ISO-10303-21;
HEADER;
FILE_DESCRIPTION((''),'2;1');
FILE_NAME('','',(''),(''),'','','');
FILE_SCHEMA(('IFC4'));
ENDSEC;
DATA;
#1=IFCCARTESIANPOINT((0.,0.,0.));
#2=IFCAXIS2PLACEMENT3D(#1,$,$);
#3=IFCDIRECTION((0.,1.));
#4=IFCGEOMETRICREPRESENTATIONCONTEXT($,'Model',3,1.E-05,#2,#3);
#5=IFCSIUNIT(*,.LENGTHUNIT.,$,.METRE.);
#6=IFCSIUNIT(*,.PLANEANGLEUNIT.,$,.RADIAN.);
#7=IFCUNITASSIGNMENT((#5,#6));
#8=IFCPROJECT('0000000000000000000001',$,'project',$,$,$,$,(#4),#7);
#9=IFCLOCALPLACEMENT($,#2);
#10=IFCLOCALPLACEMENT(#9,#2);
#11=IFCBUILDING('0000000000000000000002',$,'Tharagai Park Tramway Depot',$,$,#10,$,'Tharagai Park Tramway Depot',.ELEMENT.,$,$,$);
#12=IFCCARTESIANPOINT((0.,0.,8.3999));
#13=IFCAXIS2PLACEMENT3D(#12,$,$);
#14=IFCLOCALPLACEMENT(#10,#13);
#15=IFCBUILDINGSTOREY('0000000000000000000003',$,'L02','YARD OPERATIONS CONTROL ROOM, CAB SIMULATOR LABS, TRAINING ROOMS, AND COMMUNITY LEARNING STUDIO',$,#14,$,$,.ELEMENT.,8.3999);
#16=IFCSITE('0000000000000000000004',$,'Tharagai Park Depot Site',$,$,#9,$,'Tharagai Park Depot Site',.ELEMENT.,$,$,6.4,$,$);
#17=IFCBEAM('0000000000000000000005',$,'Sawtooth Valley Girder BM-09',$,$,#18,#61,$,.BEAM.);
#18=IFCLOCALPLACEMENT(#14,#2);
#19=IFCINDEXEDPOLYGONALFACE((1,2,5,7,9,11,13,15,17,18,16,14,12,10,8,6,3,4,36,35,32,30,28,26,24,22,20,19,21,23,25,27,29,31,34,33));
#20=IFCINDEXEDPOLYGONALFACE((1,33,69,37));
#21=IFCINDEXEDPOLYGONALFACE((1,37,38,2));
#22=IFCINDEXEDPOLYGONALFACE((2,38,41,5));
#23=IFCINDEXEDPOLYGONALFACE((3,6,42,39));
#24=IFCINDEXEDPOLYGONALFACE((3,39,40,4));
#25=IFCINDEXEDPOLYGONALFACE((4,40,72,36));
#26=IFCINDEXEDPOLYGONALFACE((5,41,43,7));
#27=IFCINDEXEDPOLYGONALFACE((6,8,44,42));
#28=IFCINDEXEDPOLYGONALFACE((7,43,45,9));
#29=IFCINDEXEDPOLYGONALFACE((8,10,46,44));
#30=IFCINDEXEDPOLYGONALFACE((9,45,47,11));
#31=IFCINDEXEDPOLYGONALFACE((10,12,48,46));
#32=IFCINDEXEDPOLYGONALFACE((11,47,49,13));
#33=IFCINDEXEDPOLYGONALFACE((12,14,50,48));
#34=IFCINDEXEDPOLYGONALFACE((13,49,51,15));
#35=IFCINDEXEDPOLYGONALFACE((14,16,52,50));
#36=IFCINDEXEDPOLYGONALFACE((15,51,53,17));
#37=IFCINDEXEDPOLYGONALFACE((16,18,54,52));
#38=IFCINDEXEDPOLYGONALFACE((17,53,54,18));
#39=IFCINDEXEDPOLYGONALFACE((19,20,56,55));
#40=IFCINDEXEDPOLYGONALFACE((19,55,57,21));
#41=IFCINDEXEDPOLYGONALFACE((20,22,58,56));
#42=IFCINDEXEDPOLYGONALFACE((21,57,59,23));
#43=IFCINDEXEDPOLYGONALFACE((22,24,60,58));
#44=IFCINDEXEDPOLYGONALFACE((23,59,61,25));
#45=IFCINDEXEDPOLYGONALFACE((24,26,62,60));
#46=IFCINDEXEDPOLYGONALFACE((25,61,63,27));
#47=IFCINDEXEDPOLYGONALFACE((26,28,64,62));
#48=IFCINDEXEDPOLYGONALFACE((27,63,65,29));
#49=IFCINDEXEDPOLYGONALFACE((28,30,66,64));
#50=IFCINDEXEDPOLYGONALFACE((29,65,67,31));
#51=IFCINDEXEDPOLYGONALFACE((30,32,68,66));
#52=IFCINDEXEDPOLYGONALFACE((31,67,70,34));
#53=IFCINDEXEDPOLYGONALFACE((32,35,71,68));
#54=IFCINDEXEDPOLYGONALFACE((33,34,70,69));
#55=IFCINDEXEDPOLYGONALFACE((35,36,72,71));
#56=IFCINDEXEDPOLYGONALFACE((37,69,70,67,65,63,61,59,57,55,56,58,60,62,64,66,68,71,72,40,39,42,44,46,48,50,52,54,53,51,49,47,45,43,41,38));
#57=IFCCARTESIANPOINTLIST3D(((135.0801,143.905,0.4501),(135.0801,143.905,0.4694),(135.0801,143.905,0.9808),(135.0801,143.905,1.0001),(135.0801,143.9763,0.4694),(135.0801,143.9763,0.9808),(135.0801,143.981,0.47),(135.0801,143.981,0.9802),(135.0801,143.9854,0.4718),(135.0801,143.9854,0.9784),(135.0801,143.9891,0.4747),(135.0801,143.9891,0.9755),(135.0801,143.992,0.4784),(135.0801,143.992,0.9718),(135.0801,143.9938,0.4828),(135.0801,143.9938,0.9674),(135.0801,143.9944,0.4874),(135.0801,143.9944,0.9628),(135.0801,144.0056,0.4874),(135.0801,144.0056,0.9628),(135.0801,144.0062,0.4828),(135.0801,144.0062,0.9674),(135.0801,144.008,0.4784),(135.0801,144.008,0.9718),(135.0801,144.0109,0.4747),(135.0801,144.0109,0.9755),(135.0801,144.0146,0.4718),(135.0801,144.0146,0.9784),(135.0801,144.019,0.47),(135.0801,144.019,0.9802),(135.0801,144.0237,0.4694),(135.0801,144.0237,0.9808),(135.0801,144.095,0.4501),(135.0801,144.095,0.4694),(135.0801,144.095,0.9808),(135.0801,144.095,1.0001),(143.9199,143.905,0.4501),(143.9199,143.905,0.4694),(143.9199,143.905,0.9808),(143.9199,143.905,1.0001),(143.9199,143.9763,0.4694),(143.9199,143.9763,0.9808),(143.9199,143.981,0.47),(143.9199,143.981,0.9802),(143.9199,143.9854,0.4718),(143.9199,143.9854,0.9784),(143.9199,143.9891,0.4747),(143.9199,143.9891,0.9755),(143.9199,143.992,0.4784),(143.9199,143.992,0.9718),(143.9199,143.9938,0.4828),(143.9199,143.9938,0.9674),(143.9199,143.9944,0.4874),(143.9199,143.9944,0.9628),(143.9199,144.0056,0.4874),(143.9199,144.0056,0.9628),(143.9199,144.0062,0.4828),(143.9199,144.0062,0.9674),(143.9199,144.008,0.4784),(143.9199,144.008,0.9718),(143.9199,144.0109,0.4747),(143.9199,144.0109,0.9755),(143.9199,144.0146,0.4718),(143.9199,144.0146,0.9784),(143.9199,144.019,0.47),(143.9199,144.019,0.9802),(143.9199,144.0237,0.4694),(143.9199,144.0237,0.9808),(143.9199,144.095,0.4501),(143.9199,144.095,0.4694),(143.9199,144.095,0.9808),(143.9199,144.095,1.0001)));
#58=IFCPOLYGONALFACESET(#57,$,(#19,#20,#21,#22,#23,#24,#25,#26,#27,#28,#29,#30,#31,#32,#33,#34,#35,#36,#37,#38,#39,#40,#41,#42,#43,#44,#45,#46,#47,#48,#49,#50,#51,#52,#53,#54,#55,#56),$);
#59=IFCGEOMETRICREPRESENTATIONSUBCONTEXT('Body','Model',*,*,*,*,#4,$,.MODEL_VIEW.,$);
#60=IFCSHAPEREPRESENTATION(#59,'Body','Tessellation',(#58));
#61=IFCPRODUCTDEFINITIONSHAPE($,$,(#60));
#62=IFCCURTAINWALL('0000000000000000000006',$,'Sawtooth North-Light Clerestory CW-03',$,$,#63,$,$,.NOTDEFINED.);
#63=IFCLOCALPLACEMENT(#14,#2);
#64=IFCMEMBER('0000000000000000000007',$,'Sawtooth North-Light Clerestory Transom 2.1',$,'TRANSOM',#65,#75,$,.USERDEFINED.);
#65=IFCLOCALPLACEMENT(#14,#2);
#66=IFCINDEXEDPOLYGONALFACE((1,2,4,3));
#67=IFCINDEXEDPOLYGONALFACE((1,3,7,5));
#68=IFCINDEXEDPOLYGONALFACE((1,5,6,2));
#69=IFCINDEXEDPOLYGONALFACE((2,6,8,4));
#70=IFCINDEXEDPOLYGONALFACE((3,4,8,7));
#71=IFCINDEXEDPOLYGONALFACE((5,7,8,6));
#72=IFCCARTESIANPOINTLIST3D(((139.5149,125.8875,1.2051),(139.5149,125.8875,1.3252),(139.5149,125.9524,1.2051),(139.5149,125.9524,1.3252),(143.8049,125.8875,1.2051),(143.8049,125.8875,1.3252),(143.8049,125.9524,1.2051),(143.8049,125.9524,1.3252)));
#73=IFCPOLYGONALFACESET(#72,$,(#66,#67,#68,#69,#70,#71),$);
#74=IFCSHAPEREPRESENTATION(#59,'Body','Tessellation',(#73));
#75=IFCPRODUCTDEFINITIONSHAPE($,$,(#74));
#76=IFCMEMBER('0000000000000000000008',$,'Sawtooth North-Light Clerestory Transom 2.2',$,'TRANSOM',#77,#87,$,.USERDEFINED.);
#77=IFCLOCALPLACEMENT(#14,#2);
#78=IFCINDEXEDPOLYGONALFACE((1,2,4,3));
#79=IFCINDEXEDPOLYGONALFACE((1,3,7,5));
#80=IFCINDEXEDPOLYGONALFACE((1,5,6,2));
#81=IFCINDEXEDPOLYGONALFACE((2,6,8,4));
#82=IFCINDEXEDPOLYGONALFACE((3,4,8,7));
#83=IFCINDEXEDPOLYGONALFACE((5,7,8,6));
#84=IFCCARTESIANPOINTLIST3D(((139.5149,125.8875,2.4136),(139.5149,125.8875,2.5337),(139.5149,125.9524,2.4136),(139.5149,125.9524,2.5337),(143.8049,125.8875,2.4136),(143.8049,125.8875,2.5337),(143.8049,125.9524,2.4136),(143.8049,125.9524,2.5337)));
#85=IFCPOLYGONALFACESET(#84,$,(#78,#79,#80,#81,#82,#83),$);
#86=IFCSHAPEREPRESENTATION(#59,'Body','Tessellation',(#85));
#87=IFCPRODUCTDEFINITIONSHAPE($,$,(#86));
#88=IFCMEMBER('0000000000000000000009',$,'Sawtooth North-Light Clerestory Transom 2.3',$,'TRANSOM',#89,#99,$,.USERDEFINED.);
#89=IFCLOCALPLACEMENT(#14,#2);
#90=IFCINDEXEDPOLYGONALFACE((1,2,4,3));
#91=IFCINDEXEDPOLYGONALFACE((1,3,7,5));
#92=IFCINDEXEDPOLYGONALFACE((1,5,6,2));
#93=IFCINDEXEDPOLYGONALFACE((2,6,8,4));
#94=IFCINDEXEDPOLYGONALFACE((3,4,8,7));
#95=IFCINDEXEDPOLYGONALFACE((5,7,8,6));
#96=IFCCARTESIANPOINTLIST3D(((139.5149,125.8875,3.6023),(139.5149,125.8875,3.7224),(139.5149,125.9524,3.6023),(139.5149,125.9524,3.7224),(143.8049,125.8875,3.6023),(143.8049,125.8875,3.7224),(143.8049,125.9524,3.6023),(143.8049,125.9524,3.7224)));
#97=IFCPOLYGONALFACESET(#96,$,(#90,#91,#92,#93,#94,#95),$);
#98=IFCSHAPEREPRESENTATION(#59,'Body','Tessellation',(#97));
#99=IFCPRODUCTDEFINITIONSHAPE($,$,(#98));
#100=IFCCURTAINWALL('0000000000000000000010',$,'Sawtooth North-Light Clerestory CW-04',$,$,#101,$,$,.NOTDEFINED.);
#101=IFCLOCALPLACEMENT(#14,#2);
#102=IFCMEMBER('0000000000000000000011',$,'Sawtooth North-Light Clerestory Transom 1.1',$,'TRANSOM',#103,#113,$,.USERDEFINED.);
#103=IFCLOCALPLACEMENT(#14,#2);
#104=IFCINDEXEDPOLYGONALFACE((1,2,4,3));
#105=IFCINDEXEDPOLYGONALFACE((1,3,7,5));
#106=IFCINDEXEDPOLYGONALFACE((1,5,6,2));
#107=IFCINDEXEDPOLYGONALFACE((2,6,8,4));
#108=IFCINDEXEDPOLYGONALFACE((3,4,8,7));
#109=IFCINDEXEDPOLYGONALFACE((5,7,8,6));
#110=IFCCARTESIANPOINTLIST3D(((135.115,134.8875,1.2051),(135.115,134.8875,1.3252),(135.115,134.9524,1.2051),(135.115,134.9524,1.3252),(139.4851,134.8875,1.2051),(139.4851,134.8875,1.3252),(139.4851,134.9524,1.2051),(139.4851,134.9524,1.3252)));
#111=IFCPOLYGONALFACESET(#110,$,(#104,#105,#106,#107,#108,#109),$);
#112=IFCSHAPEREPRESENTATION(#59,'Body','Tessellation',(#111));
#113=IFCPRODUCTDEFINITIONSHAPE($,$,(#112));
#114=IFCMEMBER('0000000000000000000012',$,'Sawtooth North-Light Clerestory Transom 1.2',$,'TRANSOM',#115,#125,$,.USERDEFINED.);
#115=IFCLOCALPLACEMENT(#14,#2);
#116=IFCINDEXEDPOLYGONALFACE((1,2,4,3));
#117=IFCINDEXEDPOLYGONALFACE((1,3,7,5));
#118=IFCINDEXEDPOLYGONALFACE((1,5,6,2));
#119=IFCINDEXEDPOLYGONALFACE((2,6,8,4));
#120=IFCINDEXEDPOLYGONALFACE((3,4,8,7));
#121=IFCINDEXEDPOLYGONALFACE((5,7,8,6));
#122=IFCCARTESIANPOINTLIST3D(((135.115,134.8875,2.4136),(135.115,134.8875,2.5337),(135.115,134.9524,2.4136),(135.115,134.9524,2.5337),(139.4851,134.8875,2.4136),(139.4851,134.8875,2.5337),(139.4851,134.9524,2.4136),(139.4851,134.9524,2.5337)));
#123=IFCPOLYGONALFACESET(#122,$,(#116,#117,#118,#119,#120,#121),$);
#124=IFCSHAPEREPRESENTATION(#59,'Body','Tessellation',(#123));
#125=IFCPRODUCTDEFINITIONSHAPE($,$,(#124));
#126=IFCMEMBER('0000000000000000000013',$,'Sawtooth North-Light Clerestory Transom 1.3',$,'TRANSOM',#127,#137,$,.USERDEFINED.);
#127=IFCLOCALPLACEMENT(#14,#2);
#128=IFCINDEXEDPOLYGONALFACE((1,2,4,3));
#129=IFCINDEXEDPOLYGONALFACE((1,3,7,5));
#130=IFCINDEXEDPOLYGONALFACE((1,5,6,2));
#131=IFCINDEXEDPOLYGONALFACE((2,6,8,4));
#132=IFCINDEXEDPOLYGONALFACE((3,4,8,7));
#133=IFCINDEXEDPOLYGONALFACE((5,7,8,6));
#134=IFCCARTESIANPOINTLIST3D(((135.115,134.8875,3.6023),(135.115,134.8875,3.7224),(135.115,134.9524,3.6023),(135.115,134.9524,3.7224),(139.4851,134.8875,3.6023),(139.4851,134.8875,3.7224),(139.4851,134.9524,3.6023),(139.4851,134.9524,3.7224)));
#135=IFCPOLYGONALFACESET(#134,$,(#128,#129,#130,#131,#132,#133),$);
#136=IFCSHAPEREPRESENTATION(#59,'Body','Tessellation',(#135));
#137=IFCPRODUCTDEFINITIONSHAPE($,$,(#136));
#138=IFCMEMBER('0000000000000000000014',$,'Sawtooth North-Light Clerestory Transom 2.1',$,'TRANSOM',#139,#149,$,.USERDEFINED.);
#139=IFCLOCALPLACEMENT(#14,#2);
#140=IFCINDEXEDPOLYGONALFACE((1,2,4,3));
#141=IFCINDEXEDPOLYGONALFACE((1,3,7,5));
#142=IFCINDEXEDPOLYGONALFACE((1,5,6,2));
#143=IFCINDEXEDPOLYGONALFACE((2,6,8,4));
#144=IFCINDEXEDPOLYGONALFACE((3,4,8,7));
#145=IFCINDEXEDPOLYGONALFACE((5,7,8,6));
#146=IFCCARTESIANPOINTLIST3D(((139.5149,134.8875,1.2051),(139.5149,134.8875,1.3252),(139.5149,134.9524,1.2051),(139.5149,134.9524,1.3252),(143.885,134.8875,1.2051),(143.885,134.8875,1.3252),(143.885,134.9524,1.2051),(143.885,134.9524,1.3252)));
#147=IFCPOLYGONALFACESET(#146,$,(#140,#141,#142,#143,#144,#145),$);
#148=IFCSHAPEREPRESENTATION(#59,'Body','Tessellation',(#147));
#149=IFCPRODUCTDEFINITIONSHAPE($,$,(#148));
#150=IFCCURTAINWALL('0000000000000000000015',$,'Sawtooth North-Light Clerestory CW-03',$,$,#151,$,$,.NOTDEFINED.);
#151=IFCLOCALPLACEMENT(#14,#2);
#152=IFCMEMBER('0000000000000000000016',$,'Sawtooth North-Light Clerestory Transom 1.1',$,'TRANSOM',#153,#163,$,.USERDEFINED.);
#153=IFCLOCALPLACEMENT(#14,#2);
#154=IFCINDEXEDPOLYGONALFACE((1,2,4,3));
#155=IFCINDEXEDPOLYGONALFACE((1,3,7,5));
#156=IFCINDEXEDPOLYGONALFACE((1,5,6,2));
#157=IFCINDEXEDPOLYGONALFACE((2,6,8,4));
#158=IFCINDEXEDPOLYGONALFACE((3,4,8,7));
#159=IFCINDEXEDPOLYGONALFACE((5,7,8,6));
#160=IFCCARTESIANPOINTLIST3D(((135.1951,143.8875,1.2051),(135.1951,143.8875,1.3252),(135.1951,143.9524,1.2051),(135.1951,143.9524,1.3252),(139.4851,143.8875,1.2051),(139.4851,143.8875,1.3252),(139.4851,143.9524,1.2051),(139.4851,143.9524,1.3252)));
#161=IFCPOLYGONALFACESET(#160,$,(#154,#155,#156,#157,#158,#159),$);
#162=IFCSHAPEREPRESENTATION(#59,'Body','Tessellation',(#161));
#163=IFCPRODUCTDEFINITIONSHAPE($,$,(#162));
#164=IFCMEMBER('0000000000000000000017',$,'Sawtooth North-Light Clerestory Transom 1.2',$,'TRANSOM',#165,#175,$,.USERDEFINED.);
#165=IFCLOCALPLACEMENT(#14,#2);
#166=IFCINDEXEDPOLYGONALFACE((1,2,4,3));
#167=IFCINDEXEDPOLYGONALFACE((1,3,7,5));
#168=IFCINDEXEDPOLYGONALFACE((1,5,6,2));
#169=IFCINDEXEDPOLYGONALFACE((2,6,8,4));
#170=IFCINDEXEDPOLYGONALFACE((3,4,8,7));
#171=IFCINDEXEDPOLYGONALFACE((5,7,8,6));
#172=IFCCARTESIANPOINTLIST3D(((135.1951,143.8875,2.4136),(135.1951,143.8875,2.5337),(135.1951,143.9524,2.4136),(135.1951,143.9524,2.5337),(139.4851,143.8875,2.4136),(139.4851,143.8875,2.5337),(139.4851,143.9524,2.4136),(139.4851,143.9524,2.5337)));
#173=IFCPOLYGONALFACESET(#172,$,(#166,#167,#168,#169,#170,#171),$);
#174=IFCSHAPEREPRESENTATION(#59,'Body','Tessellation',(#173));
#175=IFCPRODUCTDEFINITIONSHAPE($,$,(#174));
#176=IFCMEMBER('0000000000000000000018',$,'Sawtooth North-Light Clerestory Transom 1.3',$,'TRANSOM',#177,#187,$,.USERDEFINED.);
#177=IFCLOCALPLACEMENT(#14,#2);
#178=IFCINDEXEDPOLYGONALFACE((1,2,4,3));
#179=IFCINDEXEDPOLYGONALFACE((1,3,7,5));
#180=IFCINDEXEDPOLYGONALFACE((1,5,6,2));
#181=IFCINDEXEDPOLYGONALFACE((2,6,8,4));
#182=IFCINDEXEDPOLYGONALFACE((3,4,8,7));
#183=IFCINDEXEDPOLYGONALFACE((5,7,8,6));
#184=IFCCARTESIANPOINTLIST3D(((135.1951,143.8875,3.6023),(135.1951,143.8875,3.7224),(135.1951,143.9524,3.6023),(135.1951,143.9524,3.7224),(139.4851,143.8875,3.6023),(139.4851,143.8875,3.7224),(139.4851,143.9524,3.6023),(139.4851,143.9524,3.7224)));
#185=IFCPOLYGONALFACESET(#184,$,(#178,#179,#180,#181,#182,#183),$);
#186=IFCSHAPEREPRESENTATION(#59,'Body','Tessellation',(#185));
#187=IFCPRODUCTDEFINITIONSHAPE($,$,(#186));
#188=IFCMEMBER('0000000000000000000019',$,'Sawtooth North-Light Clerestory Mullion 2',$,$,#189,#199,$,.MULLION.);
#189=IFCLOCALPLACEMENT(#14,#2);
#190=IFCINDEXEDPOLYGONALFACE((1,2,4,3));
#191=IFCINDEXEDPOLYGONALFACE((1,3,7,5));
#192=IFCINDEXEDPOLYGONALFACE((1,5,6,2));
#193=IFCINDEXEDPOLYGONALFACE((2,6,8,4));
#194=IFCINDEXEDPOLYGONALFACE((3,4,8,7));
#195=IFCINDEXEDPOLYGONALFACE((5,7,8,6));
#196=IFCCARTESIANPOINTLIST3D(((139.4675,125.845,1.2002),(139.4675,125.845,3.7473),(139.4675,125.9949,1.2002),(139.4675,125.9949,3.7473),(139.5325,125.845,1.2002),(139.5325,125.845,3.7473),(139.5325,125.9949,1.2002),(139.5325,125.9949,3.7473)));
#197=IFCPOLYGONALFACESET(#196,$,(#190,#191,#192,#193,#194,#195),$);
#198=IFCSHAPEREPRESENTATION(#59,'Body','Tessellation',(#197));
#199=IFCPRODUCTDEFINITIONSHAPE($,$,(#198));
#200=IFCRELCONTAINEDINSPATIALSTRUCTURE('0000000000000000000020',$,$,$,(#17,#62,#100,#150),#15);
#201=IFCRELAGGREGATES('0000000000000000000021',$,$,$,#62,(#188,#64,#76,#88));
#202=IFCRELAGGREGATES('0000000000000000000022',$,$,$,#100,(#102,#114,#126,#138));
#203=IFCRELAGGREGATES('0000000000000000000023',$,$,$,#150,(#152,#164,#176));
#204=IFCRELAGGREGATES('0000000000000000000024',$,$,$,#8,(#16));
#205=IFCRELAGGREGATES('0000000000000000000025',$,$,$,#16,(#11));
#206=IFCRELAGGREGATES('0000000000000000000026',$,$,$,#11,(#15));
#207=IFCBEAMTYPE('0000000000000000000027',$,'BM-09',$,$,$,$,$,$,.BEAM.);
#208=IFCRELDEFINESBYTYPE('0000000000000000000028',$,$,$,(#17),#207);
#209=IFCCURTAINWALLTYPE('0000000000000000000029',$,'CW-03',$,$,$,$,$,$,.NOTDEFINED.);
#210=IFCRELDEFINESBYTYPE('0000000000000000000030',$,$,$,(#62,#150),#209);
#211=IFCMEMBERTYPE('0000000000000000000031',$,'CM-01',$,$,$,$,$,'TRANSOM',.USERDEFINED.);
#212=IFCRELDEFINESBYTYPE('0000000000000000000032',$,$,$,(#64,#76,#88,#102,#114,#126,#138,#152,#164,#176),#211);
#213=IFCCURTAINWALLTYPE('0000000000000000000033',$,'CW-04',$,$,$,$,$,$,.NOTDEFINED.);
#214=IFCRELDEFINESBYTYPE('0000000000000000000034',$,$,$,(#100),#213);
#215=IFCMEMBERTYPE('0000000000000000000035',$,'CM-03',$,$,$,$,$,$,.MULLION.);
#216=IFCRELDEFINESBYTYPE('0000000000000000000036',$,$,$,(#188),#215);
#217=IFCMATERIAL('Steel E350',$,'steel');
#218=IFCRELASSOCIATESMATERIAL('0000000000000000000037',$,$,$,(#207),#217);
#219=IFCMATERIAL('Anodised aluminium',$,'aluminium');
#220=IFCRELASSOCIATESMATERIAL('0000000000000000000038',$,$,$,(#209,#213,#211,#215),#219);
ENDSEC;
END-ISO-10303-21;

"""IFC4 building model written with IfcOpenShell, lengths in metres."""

from ifc_helpers import new_model, si_unit, direction, frame, origin, origin_2d, place, context, subcontext, project, spatial, rectangle, i_section, extrude, material, material_profile, profile_set, type_object, element, aggregate, save


model = new_model("IFC4")

# Units and contexts
model_context = context("Model", 3, precision=1e-05, world=origin(), true_north=direction((0.0, 1.0)))
body_context = subcontext(model_context, "Body", "Model", "MODEL_VIEW")
ifc_project = project(units=[si_unit("LENGTHUNIT", "METRE"), si_unit("PLANEANGLEUNIT", "RADIAN")], contexts=[model_context])

# Site, building, storey
site_placement = place(None, origin())
site = spatial("IfcSite", under=ifc_project, at=site_placement, Name="Tharagai Park Depot Site", LongName="Tharagai Park Depot Site", CompositionType="ELEMENT", RefElevation=6.4)
building_placement = place(site_placement, origin())
building = spatial("IfcBuilding", under=site, at=building_placement, Name="Tharagai Park Tramway Depot", LongName="Tharagai Park Tramway Depot", CompositionType="ELEMENT")
storey_placement = place(building_placement, frame((0.0, 0.0, 8.3999)))
storey = spatial("IfcBuildingStorey", under=building, at=storey_placement, Name="L02", Description="YARD OPERATIONS CONTROL ROOM, CAB SIMULATOR LABS, TRAINING ROOMS, AND COMMUNITY LEARNING STUDIO", CompositionType="ELEMENT", Elevation=8.3999)

# Beam
ifc_material_1 = material(Name="Steel E350", Category="steel")
ifc_material_profile_1 = material_profile(ifc_material_1, i_section(OverallWidth=0.1899, OverallDepth=0.55, WebThickness=0.0112, FlangeThickness=0.0193, FilletRadius=0.0181, at=origin_2d()), Name="ISMB 550")
ifc_profile_set_1 = profile_set([ifc_material_profile_1], Name="Steel E350")
beam_type = type_object("IfcBeamType", Name="BM-09", PredefinedType="BEAM", material=ifc_profile_set_1)
beam_placement = place(storey_placement, frame((135.0801, 144.0, 0.7251), z_axis=(1.0, 0.0, 0.0), x_axis=(0.0, 1.0, 0.0)))
element("IfcBeam", 1, at=beam_placement, inside=storey, type_object=beam_type, Name="Sawtooth Valley Girder BM-09", PredefinedType="BEAM", context=body_context, shape_type="SweptSolid", body=[
    extrude(i_section(OverallWidth=0.1899, OverallDepth=0.55, WebThickness=0.0112, FlangeThickness=0.0193, FilletRadius=0.0181, at=origin_2d()), origin(), (0.0, 0.0, 1.0), 8.8398),
])

# Curtain walls, members
ifc_material_2 = material(Name="Anodised aluminium", Category="aluminium")
curtain_wall_type_1 = type_object("IfcCurtainWallType", Name="CW-03", PredefinedType="NOTDEFINED", material=ifc_material_2)
curtain_wall_1_placement = place(storey_placement, origin())
curtain_wall_1 = element("IfcCurtainWall", 2, at=curtain_wall_1_placement, inside=storey, type_object=curtain_wall_type_1, Name="Sawtooth North-Light Clerestory CW-03", PredefinedType="NOTDEFINED")
ifc_material_profile_2 = material_profile(ifc_material_2, rectangle(XDim=0.0649, YDim=0.1201, at=origin_2d()), Name="ALU 65x120")
ifc_profile_set_2 = profile_set([ifc_material_profile_2], Name="Anodised aluminium")
member_type_1 = type_object("IfcMemberType", Name="CM-01", ElementType="TRANSOM", PredefinedType="USERDEFINED", material=ifc_profile_set_2)
member_1_placement = place(storey_placement, frame((139.5149, 125.9199, 1.2651), z_axis=(1.0, 0.0, 0.0), x_axis=(0.0, 1.0, 0.0)))
member_1 = element("IfcMember", 3, at=member_1_placement, type_object=member_type_1, Name="Sawtooth North-Light Clerestory Transom 2.1", ObjectType="TRANSOM", PredefinedType="USERDEFINED", context=body_context, shape_type="SweptSolid", body=[
    extrude(rectangle(XDim=0.0649, YDim=0.1201, at=origin_2d()), origin(), (0.0, 0.0, 1.0), 4.29),
])
member_2_placement = place(storey_placement, frame((139.5149, 125.9199, 2.4736), z_axis=(1.0, 0.0, 0.0), x_axis=(0.0, 1.0, 0.0)))
member_2 = element("IfcMember", 4, at=member_2_placement, type_object=member_type_1, Name="Sawtooth North-Light Clerestory Transom 2.2", ObjectType="TRANSOM", PredefinedType="USERDEFINED", context=body_context, shape_type="SweptSolid", body=[
    extrude(rectangle(XDim=0.0649, YDim=0.1201, at=origin_2d()), origin(), (0.0, 0.0, 1.0), 4.29),
])
member_3_placement = place(storey_placement, frame((139.5149, 125.9199, 3.6624), z_axis=(1.0, 0.0, 0.0), x_axis=(0.0, 1.0, 0.0)))
member_3 = element("IfcMember", 5, at=member_3_placement, type_object=member_type_1, Name="Sawtooth North-Light Clerestory Transom 2.3", ObjectType="TRANSOM", PredefinedType="USERDEFINED", context=body_context, shape_type="SweptSolid", body=[
    extrude(rectangle(XDim=0.0649, YDim=0.1201, at=origin_2d()), origin(), (0.0, 0.0, 1.0), 4.29),
])
curtain_wall_type_2 = type_object("IfcCurtainWallType", Name="CW-04", PredefinedType="NOTDEFINED", material=ifc_material_2)
curtain_wall_2_placement = place(storey_placement, origin())
curtain_wall_2 = element("IfcCurtainWall", 6, at=curtain_wall_2_placement, inside=storey, type_object=curtain_wall_type_2, Name="Sawtooth North-Light Clerestory CW-04", PredefinedType="NOTDEFINED")
member_4_placement = place(storey_placement, frame((135.115, 134.9199, 1.2651), z_axis=(1.0, 0.0, 0.0), x_axis=(0.0, 1.0, 0.0)))
member_4 = element("IfcMember", 7, at=member_4_placement, type_object=member_type_1, Name="Sawtooth North-Light Clerestory Transom 1.1", ObjectType="TRANSOM", PredefinedType="USERDEFINED", context=body_context, shape_type="SweptSolid", body=[
    extrude(rectangle(XDim=0.0649, YDim=0.1201, at=origin_2d()), origin(), (0.0, 0.0, 1.0), 4.3701),
])
member_5_placement = place(storey_placement, frame((135.115, 134.9199, 2.4736), z_axis=(1.0, 0.0, 0.0), x_axis=(0.0, 1.0, 0.0)))
member_5 = element("IfcMember", 8, at=member_5_placement, type_object=member_type_1, Name="Sawtooth North-Light Clerestory Transom 1.2", ObjectType="TRANSOM", PredefinedType="USERDEFINED", context=body_context, shape_type="SweptSolid", body=[
    extrude(rectangle(XDim=0.0649, YDim=0.1201, at=origin_2d()), origin(), (0.0, 0.0, 1.0), 4.3701),
])
member_6_placement = place(storey_placement, frame((135.115, 134.9199, 3.6624), z_axis=(1.0, 0.0, 0.0), x_axis=(0.0, 1.0, 0.0)))
member_6 = element("IfcMember", 9, at=member_6_placement, type_object=member_type_1, Name="Sawtooth North-Light Clerestory Transom 1.3", ObjectType="TRANSOM", PredefinedType="USERDEFINED", context=body_context, shape_type="SweptSolid", body=[
    extrude(rectangle(XDim=0.0649, YDim=0.1201, at=origin_2d()), origin(), (0.0, 0.0, 1.0), 4.3701),
])
member_7_placement = place(storey_placement, frame((139.5149, 134.9199, 1.2651), z_axis=(1.0, 0.0, 0.0), x_axis=(0.0, 1.0, 0.0)))
member_7 = element("IfcMember", 10, at=member_7_placement, type_object=member_type_1, Name="Sawtooth North-Light Clerestory Transom 2.1", ObjectType="TRANSOM", PredefinedType="USERDEFINED", context=body_context, shape_type="SweptSolid", body=[
    extrude(rectangle(XDim=0.0649, YDim=0.1201, at=origin_2d()), origin(), (0.0, 0.0, 1.0), 4.3701),
])
curtain_wall_3_placement = place(storey_placement, origin())
curtain_wall_3 = element("IfcCurtainWall", 11, at=curtain_wall_3_placement, inside=storey, type_object=curtain_wall_type_1, Name="Sawtooth North-Light Clerestory CW-03", PredefinedType="NOTDEFINED")
member_8_placement = place(storey_placement, frame((135.1951, 143.9199, 1.2651), z_axis=(1.0, 0.0, 0.0), x_axis=(0.0, 1.0, 0.0)))
member_8 = element("IfcMember", 12, at=member_8_placement, type_object=member_type_1, Name="Sawtooth North-Light Clerestory Transom 1.1", ObjectType="TRANSOM", PredefinedType="USERDEFINED", context=body_context, shape_type="SweptSolid", body=[
    extrude(rectangle(XDim=0.0649, YDim=0.1201, at=origin_2d()), origin(), (0.0, 0.0, 1.0), 4.29),
])
member_9_placement = place(storey_placement, frame((135.1951, 143.9199, 2.4736), z_axis=(1.0, 0.0, 0.0), x_axis=(0.0, 1.0, 0.0)))
member_9 = element("IfcMember", 13, at=member_9_placement, type_object=member_type_1, Name="Sawtooth North-Light Clerestory Transom 1.2", ObjectType="TRANSOM", PredefinedType="USERDEFINED", context=body_context, shape_type="SweptSolid", body=[
    extrude(rectangle(XDim=0.0649, YDim=0.1201, at=origin_2d()), origin(), (0.0, 0.0, 1.0), 4.29),
])
member_10_placement = place(storey_placement, frame((135.1951, 143.9199, 3.6624), z_axis=(1.0, 0.0, 0.0), x_axis=(0.0, 1.0, 0.0)))
member_10 = element("IfcMember", 14, at=member_10_placement, type_object=member_type_1, Name="Sawtooth North-Light Clerestory Transom 1.3", ObjectType="TRANSOM", PredefinedType="USERDEFINED", context=body_context, shape_type="SweptSolid", body=[
    extrude(rectangle(XDim=0.0649, YDim=0.1201, at=origin_2d()), origin(), (0.0, 0.0, 1.0), 4.29),
])

# Member
ifc_material_profile_3 = material_profile(ifc_material_2, rectangle(XDim=0.0649, YDim=0.1499, at=origin_2d()), Name="ALU 65x150")
ifc_profile_set_3 = profile_set([ifc_material_profile_3], Name="Anodised aluminium")
member_type_2 = type_object("IfcMemberType", Name="CM-03", PredefinedType="MULLION", material=ifc_profile_set_3)
member_11_placement = place(storey_placement, frame((139.5, 125.9199, 1.2002), z_axis=(0.0, 0.0, 1.0), x_axis=(1.0, 0.0, 0.0)))
member_11 = element("IfcMember", 15, at=member_11_placement, type_object=member_type_2, Name="Sawtooth North-Light Clerestory Mullion 2", PredefinedType="MULLION", context=body_context, shape_type="SweptSolid", body=[
    extrude(rectangle(XDim=0.0649, YDim=0.1499, at=origin_2d()), origin(), (0.0, 0.0, 1.0), 2.5471),
])

aggregate(curtain_wall_1, [member_11, member_1, member_2, member_3])
aggregate(curtain_wall_2, [member_4, member_5, member_6, member_7])
aggregate(curtain_wall_3, [member_8, member_9, member_10])

save(model, "model.ifc")
